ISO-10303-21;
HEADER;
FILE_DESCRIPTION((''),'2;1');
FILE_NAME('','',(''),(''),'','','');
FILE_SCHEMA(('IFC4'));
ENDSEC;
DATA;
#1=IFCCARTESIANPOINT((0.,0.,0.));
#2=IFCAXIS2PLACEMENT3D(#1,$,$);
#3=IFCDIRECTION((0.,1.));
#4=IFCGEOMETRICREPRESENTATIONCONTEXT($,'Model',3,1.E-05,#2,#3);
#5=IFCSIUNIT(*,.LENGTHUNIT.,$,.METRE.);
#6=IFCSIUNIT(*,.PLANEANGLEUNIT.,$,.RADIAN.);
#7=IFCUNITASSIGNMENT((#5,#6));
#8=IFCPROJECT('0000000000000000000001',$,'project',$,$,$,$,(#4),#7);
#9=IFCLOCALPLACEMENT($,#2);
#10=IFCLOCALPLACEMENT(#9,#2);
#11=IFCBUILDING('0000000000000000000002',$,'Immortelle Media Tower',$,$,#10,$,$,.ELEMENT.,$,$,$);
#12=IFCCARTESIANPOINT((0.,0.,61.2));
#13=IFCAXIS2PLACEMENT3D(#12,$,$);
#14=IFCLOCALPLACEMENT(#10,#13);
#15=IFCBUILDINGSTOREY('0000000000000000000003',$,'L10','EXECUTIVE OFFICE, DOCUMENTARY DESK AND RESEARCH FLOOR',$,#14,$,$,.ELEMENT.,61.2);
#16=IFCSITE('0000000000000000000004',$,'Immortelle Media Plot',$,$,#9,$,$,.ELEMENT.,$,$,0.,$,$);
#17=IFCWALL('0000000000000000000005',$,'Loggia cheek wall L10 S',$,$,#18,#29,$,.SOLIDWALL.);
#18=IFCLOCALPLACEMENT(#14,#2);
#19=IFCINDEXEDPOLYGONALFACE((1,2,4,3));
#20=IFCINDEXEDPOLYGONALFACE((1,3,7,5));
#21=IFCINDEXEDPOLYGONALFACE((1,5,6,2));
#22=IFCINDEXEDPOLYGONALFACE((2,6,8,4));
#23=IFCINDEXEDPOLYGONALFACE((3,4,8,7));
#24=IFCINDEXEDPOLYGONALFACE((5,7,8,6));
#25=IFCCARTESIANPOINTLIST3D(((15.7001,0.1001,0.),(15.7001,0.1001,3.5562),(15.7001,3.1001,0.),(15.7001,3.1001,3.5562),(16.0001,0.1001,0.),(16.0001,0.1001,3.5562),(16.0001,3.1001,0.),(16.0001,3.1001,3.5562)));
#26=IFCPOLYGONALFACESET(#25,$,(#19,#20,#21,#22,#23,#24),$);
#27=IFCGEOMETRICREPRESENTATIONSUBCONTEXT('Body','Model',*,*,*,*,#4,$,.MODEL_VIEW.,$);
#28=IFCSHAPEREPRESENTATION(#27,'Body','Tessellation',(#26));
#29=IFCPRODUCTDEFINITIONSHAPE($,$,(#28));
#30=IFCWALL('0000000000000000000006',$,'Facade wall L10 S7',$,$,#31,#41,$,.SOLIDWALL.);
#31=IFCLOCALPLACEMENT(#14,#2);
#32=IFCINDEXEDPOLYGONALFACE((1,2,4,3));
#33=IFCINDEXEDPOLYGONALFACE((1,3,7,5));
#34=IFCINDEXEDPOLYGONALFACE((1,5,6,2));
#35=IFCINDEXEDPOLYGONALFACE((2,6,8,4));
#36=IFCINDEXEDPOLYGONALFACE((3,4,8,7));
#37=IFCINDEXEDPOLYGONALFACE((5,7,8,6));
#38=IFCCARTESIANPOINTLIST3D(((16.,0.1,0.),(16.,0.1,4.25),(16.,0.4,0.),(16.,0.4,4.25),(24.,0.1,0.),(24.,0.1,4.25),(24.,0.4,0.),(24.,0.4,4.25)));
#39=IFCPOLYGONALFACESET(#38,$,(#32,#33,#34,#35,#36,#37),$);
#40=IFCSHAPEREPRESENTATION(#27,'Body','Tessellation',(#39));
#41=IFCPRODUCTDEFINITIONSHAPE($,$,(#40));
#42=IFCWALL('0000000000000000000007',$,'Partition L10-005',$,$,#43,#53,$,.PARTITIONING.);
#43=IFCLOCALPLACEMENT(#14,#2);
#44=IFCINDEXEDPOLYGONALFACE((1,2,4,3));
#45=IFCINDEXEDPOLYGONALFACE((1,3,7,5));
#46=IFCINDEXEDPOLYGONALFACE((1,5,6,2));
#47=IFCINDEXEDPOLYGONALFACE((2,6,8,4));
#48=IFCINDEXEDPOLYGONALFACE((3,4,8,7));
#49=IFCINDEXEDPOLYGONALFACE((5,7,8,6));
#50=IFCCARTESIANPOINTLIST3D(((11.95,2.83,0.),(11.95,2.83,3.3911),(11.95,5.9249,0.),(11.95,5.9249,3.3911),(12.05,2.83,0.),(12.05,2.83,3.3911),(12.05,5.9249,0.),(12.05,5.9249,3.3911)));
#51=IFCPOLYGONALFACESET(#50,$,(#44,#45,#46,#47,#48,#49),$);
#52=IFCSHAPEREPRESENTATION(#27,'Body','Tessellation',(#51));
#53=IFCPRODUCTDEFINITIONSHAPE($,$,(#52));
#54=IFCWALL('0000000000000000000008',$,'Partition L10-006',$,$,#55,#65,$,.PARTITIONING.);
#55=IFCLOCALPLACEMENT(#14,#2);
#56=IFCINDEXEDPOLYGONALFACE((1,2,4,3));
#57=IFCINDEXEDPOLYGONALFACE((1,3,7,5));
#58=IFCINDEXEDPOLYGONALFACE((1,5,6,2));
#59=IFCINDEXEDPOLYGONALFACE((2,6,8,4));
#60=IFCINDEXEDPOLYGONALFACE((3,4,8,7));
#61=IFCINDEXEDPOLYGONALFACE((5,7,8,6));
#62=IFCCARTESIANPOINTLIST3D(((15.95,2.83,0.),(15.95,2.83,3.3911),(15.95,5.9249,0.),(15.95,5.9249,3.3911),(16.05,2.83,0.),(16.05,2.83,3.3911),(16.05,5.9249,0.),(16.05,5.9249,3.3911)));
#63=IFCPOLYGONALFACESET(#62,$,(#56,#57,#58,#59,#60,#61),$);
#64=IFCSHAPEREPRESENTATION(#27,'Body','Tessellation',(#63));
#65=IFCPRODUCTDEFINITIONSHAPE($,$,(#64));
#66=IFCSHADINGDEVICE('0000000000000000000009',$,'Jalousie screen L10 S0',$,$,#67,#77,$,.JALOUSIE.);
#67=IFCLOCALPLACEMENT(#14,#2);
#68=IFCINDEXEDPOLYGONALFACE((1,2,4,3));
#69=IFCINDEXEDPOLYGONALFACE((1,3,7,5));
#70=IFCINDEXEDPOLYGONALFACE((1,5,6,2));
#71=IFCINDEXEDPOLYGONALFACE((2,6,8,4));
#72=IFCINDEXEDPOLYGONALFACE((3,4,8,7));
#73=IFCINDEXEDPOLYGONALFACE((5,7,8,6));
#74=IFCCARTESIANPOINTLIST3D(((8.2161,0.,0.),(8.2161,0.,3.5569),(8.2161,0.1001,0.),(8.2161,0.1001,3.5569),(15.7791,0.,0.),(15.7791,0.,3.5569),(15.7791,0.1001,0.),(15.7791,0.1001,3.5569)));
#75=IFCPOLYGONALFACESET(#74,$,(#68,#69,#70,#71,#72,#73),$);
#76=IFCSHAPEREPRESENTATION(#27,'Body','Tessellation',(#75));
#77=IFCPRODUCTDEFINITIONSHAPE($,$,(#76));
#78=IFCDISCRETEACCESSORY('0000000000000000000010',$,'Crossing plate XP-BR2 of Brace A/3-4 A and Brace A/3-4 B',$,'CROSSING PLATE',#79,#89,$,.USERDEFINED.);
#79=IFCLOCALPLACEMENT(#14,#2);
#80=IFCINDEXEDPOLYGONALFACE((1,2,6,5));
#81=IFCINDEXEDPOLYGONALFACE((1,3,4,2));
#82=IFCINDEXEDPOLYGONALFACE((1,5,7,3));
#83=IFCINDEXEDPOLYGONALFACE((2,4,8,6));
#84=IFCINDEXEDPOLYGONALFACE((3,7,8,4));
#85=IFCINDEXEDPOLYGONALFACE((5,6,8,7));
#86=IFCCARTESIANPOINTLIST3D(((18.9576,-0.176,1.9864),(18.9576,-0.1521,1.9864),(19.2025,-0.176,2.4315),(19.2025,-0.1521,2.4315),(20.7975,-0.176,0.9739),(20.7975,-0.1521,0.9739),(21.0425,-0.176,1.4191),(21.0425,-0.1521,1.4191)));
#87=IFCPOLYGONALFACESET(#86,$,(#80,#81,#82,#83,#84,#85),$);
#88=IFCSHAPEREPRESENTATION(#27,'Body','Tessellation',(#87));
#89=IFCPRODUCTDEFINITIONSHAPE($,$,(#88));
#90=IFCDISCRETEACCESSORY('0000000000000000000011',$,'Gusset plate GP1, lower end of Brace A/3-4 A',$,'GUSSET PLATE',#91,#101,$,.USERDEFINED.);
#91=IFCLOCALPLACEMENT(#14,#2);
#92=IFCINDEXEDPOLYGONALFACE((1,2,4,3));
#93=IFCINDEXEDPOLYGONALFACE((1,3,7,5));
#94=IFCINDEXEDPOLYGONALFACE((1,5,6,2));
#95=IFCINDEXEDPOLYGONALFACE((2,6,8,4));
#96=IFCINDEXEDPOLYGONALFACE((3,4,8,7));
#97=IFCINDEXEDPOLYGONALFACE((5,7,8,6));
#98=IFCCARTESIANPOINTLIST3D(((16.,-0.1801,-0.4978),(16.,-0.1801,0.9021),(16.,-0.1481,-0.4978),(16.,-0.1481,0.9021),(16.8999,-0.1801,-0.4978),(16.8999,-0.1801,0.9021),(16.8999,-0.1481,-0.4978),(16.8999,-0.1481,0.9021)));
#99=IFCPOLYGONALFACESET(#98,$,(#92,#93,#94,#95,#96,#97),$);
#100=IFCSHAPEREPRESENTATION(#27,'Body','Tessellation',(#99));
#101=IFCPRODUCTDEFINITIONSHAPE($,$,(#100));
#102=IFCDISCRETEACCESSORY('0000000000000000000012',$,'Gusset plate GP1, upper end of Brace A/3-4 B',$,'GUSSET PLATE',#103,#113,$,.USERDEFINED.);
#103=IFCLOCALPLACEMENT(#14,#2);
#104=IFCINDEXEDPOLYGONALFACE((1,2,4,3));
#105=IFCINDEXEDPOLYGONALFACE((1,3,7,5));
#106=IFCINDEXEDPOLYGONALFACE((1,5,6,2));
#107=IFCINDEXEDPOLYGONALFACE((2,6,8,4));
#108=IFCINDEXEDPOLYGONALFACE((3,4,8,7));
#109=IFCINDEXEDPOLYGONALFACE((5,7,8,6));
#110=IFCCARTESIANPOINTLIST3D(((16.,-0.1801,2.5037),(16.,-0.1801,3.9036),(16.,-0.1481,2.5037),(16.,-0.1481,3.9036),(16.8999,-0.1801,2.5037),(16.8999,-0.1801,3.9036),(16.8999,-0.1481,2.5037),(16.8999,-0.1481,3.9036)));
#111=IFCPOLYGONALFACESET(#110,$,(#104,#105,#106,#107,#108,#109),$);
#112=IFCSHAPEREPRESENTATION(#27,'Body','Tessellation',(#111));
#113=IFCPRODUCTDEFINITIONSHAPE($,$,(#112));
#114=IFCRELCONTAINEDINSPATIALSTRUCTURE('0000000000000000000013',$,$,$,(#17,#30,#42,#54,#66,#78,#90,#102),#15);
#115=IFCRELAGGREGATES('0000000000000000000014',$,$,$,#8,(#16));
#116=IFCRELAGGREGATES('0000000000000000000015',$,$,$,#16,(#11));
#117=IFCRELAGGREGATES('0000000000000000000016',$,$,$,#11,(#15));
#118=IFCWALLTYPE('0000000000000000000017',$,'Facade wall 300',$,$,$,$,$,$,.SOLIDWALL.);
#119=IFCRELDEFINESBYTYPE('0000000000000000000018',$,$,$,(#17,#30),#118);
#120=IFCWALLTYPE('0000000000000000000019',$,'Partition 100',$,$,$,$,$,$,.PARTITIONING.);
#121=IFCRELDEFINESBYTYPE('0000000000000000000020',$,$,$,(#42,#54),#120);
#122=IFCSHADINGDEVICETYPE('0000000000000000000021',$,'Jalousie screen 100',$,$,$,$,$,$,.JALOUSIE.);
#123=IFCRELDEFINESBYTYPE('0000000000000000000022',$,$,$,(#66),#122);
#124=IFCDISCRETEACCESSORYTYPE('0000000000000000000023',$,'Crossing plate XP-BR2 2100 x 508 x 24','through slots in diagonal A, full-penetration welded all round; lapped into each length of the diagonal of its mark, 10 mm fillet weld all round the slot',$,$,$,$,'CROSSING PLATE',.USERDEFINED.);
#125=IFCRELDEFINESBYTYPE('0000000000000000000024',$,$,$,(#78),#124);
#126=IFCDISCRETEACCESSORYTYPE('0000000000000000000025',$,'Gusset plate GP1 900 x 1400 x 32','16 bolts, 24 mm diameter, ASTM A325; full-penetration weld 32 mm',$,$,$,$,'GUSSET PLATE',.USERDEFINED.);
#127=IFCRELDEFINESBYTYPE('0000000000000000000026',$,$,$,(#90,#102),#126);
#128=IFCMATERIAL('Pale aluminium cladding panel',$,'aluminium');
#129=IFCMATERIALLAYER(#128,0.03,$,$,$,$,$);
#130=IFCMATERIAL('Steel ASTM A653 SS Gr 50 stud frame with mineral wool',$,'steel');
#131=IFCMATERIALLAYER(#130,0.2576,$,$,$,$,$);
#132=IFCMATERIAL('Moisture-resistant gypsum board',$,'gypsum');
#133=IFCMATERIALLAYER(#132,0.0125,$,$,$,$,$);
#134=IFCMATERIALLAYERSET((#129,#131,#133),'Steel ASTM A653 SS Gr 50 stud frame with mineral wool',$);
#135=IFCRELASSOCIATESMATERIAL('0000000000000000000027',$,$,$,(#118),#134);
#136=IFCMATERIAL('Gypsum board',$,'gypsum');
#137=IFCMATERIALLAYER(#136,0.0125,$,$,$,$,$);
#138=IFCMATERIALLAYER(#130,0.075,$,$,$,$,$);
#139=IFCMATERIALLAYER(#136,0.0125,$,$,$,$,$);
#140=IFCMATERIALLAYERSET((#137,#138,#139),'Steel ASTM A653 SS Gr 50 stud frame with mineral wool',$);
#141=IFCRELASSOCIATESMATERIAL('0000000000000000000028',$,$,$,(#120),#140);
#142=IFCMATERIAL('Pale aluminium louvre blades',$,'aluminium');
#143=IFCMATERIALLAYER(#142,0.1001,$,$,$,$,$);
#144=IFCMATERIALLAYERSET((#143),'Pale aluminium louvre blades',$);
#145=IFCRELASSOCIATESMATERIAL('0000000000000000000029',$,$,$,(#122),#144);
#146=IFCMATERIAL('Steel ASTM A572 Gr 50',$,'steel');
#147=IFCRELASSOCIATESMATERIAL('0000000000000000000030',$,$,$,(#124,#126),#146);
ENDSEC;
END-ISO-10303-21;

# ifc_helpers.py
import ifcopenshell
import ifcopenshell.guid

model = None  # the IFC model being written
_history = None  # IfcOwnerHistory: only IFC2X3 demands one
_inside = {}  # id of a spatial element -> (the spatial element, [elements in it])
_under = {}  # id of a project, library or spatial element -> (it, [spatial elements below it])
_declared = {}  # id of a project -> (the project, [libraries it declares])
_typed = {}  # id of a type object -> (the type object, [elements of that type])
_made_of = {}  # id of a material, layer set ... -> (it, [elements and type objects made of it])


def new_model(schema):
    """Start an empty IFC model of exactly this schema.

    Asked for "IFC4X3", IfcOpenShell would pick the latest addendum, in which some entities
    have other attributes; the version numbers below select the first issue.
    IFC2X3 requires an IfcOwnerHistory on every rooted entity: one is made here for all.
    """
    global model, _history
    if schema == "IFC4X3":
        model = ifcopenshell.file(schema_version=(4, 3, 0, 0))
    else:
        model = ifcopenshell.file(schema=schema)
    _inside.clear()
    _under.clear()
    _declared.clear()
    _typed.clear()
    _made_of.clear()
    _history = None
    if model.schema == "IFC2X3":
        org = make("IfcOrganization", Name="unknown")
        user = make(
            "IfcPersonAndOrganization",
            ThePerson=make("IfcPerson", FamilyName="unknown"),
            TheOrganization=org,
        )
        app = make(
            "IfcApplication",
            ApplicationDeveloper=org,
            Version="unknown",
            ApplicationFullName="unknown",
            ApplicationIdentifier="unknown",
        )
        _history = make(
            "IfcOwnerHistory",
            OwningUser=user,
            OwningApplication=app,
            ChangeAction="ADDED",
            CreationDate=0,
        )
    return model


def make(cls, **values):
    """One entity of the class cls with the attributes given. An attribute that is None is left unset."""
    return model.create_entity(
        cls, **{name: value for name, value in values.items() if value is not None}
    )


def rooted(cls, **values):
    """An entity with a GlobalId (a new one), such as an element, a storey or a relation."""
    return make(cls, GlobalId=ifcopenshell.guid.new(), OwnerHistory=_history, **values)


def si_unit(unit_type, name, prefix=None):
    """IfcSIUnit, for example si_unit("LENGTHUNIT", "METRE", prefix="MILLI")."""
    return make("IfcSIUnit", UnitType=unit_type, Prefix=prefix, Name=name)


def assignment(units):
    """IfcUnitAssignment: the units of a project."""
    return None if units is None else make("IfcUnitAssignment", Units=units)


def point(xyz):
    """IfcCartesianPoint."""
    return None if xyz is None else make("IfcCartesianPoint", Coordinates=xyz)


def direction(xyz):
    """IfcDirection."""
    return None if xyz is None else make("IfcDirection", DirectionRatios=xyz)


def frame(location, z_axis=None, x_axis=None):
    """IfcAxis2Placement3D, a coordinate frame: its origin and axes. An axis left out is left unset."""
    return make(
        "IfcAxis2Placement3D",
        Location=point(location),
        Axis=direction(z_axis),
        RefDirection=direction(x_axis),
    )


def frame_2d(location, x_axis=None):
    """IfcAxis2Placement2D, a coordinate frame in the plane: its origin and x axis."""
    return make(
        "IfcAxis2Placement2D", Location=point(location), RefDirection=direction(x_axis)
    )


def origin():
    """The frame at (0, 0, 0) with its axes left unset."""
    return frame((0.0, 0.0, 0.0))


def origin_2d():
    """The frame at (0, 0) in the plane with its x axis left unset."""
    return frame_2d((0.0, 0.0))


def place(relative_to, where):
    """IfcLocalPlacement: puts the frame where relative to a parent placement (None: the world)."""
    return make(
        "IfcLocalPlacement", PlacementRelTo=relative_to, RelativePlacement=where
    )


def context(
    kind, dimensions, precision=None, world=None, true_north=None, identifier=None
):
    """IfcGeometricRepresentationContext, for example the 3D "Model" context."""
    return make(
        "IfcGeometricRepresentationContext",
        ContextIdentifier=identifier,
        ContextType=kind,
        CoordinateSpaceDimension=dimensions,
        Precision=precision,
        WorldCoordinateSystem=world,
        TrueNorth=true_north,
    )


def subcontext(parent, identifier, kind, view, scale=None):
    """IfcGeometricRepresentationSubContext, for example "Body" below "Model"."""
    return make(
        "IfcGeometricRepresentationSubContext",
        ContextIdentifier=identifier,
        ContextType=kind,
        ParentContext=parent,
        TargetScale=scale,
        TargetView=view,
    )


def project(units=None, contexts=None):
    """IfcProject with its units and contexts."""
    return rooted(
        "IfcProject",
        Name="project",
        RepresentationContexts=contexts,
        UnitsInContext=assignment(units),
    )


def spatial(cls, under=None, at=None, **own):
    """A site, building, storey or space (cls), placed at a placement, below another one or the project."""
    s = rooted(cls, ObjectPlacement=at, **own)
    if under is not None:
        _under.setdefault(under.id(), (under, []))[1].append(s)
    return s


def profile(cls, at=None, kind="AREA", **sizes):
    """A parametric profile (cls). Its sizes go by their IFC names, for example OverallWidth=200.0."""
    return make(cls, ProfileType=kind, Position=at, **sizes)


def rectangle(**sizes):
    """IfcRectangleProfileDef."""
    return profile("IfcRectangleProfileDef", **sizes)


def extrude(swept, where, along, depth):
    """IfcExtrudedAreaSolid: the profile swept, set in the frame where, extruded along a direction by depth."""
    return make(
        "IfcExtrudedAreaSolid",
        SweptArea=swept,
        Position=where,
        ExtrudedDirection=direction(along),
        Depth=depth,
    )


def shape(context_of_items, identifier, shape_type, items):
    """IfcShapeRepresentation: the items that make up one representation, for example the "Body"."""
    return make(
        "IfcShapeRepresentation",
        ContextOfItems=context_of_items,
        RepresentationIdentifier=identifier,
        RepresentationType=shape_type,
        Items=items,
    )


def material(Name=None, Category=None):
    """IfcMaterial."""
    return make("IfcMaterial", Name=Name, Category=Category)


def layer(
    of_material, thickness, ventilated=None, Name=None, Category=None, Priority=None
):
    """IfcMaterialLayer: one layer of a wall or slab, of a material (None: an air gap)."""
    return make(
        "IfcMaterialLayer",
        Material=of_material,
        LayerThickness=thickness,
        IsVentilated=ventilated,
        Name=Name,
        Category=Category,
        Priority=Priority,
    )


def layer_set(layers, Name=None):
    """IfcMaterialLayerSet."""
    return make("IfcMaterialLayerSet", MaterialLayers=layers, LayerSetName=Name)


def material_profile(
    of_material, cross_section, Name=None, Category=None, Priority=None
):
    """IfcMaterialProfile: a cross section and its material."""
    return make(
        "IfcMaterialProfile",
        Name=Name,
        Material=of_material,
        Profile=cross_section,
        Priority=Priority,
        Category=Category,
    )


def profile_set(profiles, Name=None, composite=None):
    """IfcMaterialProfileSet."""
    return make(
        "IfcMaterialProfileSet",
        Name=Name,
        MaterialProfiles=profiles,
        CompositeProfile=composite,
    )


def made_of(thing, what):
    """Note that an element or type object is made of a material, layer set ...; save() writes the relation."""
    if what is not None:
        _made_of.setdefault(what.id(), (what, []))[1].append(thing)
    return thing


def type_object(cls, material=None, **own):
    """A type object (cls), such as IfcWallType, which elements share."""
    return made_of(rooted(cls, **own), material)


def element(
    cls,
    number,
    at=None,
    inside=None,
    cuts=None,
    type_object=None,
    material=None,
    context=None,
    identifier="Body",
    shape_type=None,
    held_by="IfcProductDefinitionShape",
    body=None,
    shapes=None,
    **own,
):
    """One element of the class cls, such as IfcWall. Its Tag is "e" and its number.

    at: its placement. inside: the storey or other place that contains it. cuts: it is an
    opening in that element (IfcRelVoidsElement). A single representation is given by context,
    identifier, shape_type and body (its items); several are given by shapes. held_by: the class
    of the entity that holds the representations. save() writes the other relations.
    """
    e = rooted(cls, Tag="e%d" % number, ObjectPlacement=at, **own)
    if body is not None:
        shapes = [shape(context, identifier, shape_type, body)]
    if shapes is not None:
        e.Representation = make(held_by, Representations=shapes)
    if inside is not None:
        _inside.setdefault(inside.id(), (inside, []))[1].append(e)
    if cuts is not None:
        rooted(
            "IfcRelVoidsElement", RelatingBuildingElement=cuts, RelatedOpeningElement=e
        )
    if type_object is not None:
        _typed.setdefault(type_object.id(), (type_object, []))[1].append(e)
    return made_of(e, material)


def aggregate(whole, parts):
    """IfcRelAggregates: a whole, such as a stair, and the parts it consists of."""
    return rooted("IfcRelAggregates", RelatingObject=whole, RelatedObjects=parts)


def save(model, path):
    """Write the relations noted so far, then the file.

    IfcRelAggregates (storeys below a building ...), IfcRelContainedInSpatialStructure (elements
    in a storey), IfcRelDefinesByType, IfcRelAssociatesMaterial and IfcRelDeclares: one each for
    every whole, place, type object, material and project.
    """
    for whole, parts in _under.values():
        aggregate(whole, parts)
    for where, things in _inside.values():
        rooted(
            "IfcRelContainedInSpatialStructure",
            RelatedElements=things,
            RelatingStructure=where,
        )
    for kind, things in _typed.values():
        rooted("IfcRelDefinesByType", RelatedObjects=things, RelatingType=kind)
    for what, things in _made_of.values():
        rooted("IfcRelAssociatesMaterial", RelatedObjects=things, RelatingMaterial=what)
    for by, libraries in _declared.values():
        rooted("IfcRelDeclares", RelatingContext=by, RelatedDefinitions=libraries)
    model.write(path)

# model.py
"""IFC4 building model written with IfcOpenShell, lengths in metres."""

from ifc_helpers import new_model, si_unit, direction, frame, frame_2d, origin, origin_2d, place, context, subcontext, project, spatial, rectangle, extrude, material, layer, layer_set, material_profile, profile_set, type_object, element, save


model = new_model("IFC4")

# Units and contexts
model_context = context("Model", 3, precision=1e-05, world=origin(), true_north=direction((0.0, 1.0)))
body_context = subcontext(model_context, "Body", "Model", "MODEL_VIEW")
ifc_project = project(units=[si_unit("LENGTHUNIT", "METRE"), si_unit("PLANEANGLEUNIT", "RADIAN")], contexts=[model_context])

# Site, building, storey
site_placement = place(None, origin())
site = spatial("IfcSite", under=ifc_project, at=site_placement, Name="Immortelle Media Plot", CompositionType="ELEMENT", RefElevation=0.0)
building_placement = place(site_placement, origin())
building = spatial("IfcBuilding", under=site, at=building_placement, Name="Immortelle Media Tower", CompositionType="ELEMENT")
storey_placement = place(building_placement, frame((0.0, 0.0, 61.2)))
storey = spatial("IfcBuildingStorey", under=building, at=storey_placement, Name="L10", Description="EXECUTIVE OFFICE, DOCUMENTARY DESK AND RESEARCH FLOOR", CompositionType="ELEMENT", Elevation=61.2)

# Walls
ifc_material_1 = material(Name="Pale aluminium cladding panel", Category="aluminium")
ifc_layer_1 = layer(ifc_material_1, 0.03)
ifc_material_2 = material(Name="Steel ASTM A653 SS Gr 50 stud frame with mineral wool", Category="steel")
ifc_layer_2 = layer(ifc_material_2, 0.2576)
ifc_material_3 = material(Name="Moisture-resistant gypsum board", Category="gypsum")
ifc_layer_3 = layer(ifc_material_3, 0.0125)
ifc_layer_set_1 = layer_set([ifc_layer_1, ifc_layer_2, ifc_layer_3], Name="Steel ASTM A653 SS Gr 50 stud frame with mineral wool")
wall_type_1 = type_object("IfcWallType", Name="Facade wall 300", PredefinedType="SOLIDWALL", material=ifc_layer_set_1)
wall_1_placement = place(storey_placement, frame((15.8501, 0.1001, 0.0), z_axis=(0.0, 0.0, 1.0), x_axis=(0.0, 1.0, 0.0)))
element("IfcWall", 1, at=wall_1_placement, inside=storey, type_object=wall_type_1, Name="Loggia cheek wall L10 S", PredefinedType="SOLIDWALL", context=body_context, shape_type="SweptSolid", body=[
    extrude(rectangle(XDim=3.0, YDim=0.3, at=frame_2d((1.5, 0.0))), origin(), (0.0, 0.0, 1.0), 3.5562),
])
wall_2_placement = place(storey_placement, frame((16.0, 0.25, 0.0), z_axis=(0.0, 0.0, 1.0), x_axis=(1.0, 0.0, 0.0)))
element("IfcWall", 2, at=wall_2_placement, inside=storey, type_object=wall_type_1, Name="Facade wall L10 S7", PredefinedType="SOLIDWALL", context=body_context, shape_type="SweptSolid", body=[
    extrude(rectangle(XDim=8.0, YDim=0.3, at=frame_2d((4.0, 0.0))), origin(), (0.0, 0.0, 1.0), 4.25),
])
ifc_material_4 = material(Name="Gypsum board", Category="gypsum")
ifc_layer_4 = layer(ifc_material_4, 0.0125)
ifc_layer_5 = layer(ifc_material_2, 0.075)
ifc_layer_6 = layer(ifc_material_4, 0.0125)
ifc_layer_set_2 = layer_set([ifc_layer_4, ifc_layer_5, ifc_layer_6], Name="Steel ASTM A653 SS Gr 50 stud frame with mineral wool")
wall_type_2 = type_object("IfcWallType", Name="Partition 100", PredefinedType="PARTITIONING", material=ifc_layer_set_2)
for number, where, z_axis, x_axis, name in (
    (3, (12.0, 2.8301, 0.0), (0.0, 0.0, 1.0), (0.0, 1.0, 0.0), "Partition L10-005"),
    (4, (16.0, 2.8301, 0.0), (0.0, 0.0, 1.0), (0.0, 1.0, 0.0), "Partition L10-006"),
):
    element("IfcWall", number, at=place(storey_placement, frame(where, z_axis=z_axis, x_axis=x_axis)), inside=storey, type_object=wall_type_2, Name=name, PredefinedType="PARTITIONING", context=body_context, shape_type="SweptSolid", body=[
        extrude(rectangle(XDim=3.095, YDim=0.1001, at=frame_2d((1.5474, 0.0))), origin(), (0.0, 0.0, 1.0), 3.3911),
    ])

# Shading device
ifc_material_5 = material(Name="Pale aluminium louvre blades", Category="aluminium")
ifc_layer_7 = layer(ifc_material_5, 0.1001)
ifc_layer_set_3 = layer_set([ifc_layer_7], Name="Pale aluminium louvre blades")
shading_device_type = type_object("IfcShadingDeviceType", Name="Jalousie screen 100", PredefinedType="JALOUSIE", material=ifc_layer_set_3)
shading_device_placement = place(storey_placement, frame((11.9976, 0.05, 0.0), z_axis=(0.0, 0.0, 1.0), x_axis=(1.0, 0.0, 0.0)))
element("IfcShadingDevice", 5, at=shading_device_placement, inside=storey, type_object=shading_device_type, Name="Jalousie screen L10 S0", PredefinedType="JALOUSIE", context=body_context, shape_type="SweptSolid", body=[
    extrude(rectangle(XDim=7.563, YDim=0.1001, at=origin_2d()), origin(), (0.0, 0.0, 1.0), 3.5569),
])

# Discrete accessories
ifc_material_6 = material(Name="Steel ASTM A572 Gr 50", Category="steel")
ifc_material_profile_1 = material_profile(ifc_material_6, rectangle(XDim=0.0239, YDim=0.5081, at=origin_2d()), Name="PL 24 x 508")
ifc_profile_set_1 = profile_set([ifc_material_profile_1], Name="Steel ASTM A572 Gr 50")
discrete_accessory_type_1 = type_object("IfcDiscreteAccessoryType", Name="Crossing plate XP-BR2 2100 x 508 x 24", Description="through slots in diagonal A, full-penetration welded all round; lapped into each length of the diagonal of its mark, 10 mm fillet weld all round the slot", ElementType="CROSSING PLATE", PredefinedType="USERDEFINED", material=ifc_profile_set_1)
discrete_accessory_placement = place(storey_placement, frame((19.0801, -0.1641, 2.209), z_axis=(0.876108, 0.0, -0.482115), x_axis=(0.0, 1.0, 0.0)))
element("IfcDiscreteAccessory", 6, at=discrete_accessory_placement, inside=storey, type_object=discrete_accessory_type_1, Name="Crossing plate XP-BR2 of Brace A/3-4 A and Brace A/3-4 B", ObjectType="CROSSING PLATE", PredefinedType="USERDEFINED", context=body_context, shape_type="SweptSolid", body=[
    extrude(rectangle(XDim=0.0239, YDim=0.5081, at=origin_2d()), origin(), (0.0, 0.0, 1.0), 2.1001),
])
ifc_material_profile_2 = material_profile(ifc_material_6, rectangle(XDim=0.032, YDim=1.3999, at=origin_2d()), Name="PL 32 x 1400")
ifc_profile_set_2 = profile_set([ifc_material_profile_2], Name="Steel ASTM A572 Gr 50")
discrete_accessory_type_2 = type_object("IfcDiscreteAccessoryType", Name="Gusset plate GP1 900 x 1400 x 32", Description="16 bolts, 24 mm diameter, ASTM A325; full-penetration weld 32 mm", ElementType="GUSSET PLATE", PredefinedType="USERDEFINED", material=ifc_profile_set_2)
for number, where, z_axis, x_axis, name in (
    (7, (16.0, -0.1641, 0.2021), (1.0, 0.0, 0.0), (0.0, 1.0, 0.0), "Gusset plate GP1, lower end of Brace A/3-4 A"),
    (8, (16.0, -0.1641, 3.2036), (1.0, 0.0, 0.0), (0.0, 1.0, 0.0), "Gusset plate GP1, upper end of Brace A/3-4 B"),
):
    element("IfcDiscreteAccessory", number, at=place(storey_placement, frame(where, z_axis=z_axis, x_axis=x_axis)), inside=storey, type_object=discrete_accessory_type_2, Name=name, ObjectType="GUSSET PLATE", PredefinedType="USERDEFINED", context=body_context, shape_type="SweptSolid", body=[
        extrude(rectangle(XDim=0.032, YDim=1.3999, at=origin_2d()), origin(), (0.0, 0.0, 1.0), 0.8999),
    ])

save(model, "model.ifc")
